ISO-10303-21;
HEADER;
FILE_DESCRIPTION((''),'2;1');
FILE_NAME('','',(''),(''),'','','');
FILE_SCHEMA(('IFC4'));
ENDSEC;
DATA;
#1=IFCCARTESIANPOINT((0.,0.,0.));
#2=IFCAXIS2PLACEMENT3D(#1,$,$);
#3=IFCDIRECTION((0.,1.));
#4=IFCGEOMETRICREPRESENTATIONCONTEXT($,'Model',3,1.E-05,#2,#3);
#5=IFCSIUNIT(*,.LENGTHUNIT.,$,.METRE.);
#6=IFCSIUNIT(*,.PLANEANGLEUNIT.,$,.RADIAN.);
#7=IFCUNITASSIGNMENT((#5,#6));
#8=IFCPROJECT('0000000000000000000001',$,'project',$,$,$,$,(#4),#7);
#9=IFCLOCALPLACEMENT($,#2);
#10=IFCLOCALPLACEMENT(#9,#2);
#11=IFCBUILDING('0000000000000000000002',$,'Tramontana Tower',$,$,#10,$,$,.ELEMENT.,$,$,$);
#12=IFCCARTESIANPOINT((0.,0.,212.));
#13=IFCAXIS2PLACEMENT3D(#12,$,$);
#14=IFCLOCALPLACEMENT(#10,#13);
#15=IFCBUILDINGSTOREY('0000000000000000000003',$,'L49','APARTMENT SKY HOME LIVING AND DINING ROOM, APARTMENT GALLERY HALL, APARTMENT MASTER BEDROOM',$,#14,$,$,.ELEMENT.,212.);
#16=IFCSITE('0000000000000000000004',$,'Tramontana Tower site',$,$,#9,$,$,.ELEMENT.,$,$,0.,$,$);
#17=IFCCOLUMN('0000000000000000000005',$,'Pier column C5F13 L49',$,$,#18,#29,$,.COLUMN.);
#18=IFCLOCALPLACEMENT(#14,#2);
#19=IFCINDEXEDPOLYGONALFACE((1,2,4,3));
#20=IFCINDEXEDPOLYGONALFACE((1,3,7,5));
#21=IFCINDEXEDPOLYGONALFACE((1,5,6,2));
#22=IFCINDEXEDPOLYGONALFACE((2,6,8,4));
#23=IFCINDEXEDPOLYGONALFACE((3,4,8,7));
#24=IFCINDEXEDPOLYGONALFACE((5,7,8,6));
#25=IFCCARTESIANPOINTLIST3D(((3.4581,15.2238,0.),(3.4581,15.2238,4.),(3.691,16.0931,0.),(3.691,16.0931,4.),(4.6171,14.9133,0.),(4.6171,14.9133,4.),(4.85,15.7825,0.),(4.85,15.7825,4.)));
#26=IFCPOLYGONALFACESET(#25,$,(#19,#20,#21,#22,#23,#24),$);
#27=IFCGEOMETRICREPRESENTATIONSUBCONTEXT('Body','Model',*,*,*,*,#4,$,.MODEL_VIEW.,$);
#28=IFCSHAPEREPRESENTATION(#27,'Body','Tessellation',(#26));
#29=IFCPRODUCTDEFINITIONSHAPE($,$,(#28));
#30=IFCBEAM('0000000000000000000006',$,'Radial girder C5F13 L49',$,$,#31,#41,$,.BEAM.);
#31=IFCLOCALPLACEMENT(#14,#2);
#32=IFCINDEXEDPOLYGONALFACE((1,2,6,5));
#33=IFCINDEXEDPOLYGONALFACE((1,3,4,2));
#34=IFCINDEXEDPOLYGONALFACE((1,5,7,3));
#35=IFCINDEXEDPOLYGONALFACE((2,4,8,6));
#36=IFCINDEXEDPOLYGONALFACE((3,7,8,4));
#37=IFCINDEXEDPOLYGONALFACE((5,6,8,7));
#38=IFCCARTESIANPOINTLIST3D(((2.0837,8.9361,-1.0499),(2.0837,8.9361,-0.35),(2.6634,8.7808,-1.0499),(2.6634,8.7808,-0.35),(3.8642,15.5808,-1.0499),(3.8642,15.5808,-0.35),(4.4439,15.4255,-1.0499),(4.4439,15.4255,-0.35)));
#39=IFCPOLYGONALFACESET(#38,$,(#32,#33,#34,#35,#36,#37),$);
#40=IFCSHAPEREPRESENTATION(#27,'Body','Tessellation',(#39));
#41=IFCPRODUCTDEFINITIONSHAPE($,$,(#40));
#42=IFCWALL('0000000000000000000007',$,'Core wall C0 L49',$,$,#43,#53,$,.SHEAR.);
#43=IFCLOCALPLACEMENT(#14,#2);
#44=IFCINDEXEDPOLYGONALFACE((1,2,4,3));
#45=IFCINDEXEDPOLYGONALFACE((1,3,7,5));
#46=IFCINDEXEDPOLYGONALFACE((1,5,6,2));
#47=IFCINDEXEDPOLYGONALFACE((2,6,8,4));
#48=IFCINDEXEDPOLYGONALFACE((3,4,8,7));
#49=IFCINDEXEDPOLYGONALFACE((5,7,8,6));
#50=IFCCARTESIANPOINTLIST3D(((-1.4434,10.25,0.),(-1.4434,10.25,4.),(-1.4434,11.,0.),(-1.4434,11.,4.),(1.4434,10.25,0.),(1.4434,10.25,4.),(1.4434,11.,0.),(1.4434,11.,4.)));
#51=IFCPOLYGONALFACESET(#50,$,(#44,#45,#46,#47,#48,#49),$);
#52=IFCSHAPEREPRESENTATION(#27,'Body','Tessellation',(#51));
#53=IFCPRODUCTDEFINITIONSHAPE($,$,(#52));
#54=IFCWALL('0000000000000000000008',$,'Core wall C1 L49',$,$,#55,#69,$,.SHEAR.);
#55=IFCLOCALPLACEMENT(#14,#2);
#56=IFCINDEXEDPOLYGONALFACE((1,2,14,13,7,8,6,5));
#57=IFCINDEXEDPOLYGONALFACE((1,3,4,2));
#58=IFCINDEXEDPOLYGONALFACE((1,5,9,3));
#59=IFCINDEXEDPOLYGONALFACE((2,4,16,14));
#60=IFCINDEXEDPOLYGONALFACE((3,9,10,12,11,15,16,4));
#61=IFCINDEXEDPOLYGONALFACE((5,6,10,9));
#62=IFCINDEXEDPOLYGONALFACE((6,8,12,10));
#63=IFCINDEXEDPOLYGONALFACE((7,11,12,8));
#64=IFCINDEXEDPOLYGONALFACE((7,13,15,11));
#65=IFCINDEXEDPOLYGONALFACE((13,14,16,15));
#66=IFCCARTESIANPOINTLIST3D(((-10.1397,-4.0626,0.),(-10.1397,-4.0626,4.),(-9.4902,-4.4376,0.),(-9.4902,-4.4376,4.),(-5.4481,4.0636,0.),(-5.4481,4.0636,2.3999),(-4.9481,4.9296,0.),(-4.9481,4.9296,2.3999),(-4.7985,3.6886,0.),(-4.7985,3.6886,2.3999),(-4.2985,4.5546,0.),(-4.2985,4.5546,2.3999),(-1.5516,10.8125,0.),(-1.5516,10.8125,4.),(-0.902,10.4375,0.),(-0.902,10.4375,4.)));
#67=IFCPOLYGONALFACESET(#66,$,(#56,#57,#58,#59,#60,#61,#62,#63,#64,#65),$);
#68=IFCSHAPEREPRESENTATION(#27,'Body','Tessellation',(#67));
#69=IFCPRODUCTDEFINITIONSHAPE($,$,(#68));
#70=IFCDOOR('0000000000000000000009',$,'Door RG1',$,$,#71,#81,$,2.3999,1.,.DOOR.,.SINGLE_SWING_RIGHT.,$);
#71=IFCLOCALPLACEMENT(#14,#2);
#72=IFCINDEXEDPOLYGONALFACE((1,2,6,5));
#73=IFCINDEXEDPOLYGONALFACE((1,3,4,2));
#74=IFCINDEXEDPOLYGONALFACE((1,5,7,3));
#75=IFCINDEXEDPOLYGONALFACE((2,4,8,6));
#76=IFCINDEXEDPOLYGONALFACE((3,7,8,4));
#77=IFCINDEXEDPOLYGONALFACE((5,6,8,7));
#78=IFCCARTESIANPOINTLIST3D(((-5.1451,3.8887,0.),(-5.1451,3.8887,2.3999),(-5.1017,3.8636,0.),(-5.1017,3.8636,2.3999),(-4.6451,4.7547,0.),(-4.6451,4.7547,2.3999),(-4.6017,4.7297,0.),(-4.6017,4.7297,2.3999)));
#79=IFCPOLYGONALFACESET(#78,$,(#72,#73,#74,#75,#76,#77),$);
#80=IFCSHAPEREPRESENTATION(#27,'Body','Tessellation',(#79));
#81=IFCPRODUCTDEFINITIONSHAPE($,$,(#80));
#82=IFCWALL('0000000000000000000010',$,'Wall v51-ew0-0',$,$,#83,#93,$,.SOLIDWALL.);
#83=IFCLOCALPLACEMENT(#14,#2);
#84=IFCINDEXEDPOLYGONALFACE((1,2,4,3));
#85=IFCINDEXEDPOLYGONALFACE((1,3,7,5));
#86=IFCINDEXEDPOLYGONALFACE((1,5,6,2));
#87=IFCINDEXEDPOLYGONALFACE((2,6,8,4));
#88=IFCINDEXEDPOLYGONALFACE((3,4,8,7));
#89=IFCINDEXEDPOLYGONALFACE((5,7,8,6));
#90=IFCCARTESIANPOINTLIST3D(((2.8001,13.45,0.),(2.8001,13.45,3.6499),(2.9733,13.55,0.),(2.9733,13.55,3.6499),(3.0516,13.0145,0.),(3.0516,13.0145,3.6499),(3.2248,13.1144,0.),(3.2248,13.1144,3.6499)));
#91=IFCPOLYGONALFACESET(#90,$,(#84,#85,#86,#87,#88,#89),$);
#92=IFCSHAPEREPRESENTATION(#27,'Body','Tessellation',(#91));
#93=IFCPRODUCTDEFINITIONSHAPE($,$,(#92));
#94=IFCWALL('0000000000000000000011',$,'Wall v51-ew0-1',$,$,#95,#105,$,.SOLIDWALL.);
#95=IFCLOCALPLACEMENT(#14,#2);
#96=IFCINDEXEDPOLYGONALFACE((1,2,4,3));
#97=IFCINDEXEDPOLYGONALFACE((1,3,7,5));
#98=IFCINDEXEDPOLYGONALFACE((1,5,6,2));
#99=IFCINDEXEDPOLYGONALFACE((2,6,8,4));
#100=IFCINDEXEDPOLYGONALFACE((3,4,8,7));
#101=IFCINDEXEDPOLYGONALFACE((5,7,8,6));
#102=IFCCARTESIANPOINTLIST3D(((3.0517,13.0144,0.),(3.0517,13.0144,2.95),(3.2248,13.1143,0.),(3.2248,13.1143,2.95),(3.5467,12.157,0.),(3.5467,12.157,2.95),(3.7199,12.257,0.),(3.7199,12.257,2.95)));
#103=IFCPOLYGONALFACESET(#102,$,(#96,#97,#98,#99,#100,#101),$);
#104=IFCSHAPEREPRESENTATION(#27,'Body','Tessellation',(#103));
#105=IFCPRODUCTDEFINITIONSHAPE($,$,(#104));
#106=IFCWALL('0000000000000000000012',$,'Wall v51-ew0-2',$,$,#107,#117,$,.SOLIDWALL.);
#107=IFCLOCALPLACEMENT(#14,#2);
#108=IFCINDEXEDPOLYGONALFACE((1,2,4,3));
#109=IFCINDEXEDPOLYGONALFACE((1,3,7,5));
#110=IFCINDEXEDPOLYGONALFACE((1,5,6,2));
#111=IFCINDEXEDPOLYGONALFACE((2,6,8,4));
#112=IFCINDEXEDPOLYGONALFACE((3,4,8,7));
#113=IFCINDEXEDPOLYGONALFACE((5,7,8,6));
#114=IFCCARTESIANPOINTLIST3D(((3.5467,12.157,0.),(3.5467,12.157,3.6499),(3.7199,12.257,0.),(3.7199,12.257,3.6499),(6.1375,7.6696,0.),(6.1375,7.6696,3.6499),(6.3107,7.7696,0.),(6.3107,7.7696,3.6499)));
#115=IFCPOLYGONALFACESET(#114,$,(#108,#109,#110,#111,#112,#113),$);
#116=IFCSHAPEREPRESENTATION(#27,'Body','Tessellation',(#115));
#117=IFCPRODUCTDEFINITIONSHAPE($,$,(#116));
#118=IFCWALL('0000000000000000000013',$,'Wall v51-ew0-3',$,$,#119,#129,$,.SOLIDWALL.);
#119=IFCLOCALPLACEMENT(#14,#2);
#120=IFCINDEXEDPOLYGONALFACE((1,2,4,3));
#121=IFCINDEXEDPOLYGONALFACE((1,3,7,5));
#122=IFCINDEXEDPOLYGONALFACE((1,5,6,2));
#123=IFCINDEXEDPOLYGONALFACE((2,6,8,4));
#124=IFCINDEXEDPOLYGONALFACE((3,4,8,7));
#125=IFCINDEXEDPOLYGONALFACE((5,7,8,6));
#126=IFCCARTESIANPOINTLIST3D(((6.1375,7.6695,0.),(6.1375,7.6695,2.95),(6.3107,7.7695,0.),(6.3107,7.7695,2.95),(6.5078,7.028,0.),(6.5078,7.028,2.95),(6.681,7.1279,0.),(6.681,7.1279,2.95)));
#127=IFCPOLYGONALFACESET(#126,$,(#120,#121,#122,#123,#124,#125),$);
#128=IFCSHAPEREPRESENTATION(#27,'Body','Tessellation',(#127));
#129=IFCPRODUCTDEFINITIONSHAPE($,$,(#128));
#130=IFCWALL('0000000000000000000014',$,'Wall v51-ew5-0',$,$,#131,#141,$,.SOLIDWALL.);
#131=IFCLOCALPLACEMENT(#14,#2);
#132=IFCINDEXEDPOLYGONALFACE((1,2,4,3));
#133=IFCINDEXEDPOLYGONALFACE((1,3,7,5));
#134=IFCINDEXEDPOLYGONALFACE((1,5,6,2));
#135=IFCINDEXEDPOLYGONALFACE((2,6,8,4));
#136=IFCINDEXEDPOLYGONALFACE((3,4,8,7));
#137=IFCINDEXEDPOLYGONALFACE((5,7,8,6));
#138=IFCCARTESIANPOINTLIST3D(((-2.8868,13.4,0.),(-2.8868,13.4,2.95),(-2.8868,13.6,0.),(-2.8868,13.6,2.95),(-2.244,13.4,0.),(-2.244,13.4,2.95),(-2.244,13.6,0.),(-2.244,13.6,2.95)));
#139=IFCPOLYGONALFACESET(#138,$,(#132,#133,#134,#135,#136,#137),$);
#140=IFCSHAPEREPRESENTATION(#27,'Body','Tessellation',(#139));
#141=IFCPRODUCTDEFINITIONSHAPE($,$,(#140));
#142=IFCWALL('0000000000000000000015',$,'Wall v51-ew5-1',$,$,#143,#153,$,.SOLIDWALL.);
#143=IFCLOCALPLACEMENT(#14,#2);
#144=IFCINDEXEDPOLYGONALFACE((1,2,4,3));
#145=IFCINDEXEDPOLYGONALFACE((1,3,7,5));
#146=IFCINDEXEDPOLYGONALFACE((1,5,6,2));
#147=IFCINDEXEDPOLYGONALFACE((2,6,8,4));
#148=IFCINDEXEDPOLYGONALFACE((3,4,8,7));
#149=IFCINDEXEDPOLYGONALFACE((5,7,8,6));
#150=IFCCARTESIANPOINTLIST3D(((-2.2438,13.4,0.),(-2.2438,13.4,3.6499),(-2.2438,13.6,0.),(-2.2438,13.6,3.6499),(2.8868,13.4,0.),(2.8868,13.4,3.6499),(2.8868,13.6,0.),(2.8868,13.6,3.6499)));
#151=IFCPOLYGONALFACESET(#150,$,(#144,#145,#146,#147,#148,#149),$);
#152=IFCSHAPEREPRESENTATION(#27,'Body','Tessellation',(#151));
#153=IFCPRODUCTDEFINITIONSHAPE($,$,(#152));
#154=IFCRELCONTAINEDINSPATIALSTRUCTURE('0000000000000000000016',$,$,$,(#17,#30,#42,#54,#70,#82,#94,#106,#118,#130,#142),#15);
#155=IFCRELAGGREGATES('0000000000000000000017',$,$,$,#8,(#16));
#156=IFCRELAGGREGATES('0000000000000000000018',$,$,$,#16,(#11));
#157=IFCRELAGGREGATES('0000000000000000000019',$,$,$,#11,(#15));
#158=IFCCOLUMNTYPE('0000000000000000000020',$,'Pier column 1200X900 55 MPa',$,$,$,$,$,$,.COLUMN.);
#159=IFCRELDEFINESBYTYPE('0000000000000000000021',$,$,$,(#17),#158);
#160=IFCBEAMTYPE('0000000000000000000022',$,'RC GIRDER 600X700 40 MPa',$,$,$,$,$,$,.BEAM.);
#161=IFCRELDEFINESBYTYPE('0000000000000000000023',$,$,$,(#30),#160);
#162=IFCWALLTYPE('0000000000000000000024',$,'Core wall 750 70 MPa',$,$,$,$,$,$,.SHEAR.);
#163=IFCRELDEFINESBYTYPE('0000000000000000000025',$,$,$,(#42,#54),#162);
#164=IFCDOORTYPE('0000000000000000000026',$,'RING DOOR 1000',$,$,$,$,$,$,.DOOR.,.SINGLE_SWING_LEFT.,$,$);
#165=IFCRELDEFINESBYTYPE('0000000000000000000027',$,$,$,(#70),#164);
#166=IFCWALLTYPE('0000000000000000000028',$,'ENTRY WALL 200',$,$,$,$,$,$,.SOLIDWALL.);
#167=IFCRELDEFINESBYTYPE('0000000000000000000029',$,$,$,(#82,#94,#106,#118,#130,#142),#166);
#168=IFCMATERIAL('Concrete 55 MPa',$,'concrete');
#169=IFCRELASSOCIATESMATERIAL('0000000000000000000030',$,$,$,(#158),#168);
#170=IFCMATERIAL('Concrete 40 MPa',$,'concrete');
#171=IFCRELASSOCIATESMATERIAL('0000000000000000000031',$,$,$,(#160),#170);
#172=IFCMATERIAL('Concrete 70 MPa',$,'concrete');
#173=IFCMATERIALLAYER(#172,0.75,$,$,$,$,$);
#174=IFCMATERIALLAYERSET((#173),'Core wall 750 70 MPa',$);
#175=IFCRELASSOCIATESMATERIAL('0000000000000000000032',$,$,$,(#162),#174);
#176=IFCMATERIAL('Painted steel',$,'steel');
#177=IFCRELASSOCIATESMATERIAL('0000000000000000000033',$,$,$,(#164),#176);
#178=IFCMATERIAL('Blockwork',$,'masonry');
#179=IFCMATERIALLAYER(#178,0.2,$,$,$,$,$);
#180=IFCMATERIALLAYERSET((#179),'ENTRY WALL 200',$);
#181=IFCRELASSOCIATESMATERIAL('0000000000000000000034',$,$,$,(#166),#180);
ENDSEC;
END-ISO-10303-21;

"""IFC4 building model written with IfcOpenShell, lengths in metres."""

from ifc_helpers import new_model, si_unit, direction, frame, frame_2d, origin, origin_2d, place, context, subcontext, project, spatial, rectangle, extrude, material, layer, layer_set, material_profile, profile_set, type_object, element, fill, save


model = new_model("IFC4")

# Units and contexts
model_context = context("Model", 3, precision=1e-05, world=origin(), true_north=direction((0.0, 1.0)))
body_context = subcontext(model_context, "Body", "Model", "MODEL_VIEW")
ifc_project = project(units=[si_unit("LENGTHUNIT", "METRE"), si_unit("PLANEANGLEUNIT", "RADIAN")], contexts=[model_context])

# Site, building, storey
site_placement = place(None, origin())
site = spatial("IfcSite", under=ifc_project, at=site_placement, Name="Tramontana Tower site", CompositionType="ELEMENT", RefElevation=0.0)
building_placement = place(site_placement, origin())
building = spatial("IfcBuilding", under=site, at=building_placement, Name="Tramontana Tower", CompositionType="ELEMENT")
storey_placement = place(building_placement, frame((0.0, 0.0, 212.0)))
storey = spatial("IfcBuildingStorey", under=building, at=storey_placement, Name="L49", Description="APARTMENT SKY HOME LIVING AND DINING ROOM, APARTMENT GALLERY HALL, APARTMENT MASTER BEDROOM", CompositionType="ELEMENT", Elevation=212.0)

# Column
ifc_material_1 = material(Name="Concrete 55 MPa", Category="concrete")
ifc_material_profile_1 = material_profile(ifc_material_1, rectangle(XDim=1.2, YDim=0.8999, at=origin_2d()), Name="Pier column 1200X900 55 MPa")
ifc_profile_set_1 = profile_set([ifc_material_profile_1], Name="Concrete 55 MPa")
column_type = type_object("IfcColumnType", Name="Pier column 1200X900 55 MPa", PredefinedType="COLUMN", material=ifc_profile_set_1)
column_placement = place(storey_placement, frame((4.1541, 15.5032, 0.0), z_axis=(0.0, 0.0, 1.0), x_axis=(-0.965926, 0.258819, 0.0)))
element("IfcColumn", 1, at=column_placement, inside=storey, type_object=column_type, Name="Pier column C5F13 L49", PredefinedType="COLUMN", context=body_context, shape_type="SweptSolid", body=[
    extrude(rectangle(XDim=1.2, YDim=0.8999, at=origin_2d()), origin(), (0.0, 0.0, 1.0), 4.0),
])

# Beam
ifc_material_2 = material(Name="Concrete 40 MPa", Category="concrete")
ifc_material_profile_2 = material_profile(ifc_material_2, rectangle(XDim=0.6001, YDim=0.7, at=origin_2d()), Name="RC GIRDER 600X700 40 MPa")
ifc_profile_set_2 = profile_set([ifc_material_profile_2], Name="Concrete 40 MPa")
beam_type = type_object("IfcBeamType", Name="RC GIRDER 600X700 40 MPa", PredefinedType="BEAM", material=ifc_profile_set_2)
beam_placement = place(storey_placement, frame((4.1541, 15.5032, -0.7), z_axis=(-0.258827, -0.965924, 0.0), x_axis=(0.965924, -0.258827, 0.0)))
element("IfcBeam", 2, at=beam_placement, inside=storey, type_object=beam_type, Name="Radial girder C5F13 L49", PredefinedType="BEAM", context=body_context, shape_type="SweptSolid", body=[
    extrude(rectangle(XDim=0.6001, YDim=0.7, at=origin_2d()), origin(), (0.0, 0.0, 1.0), 6.8792),
])

# Wall
ifc_material_3 = material(Name="Concrete 70 MPa", Category="concrete")
ifc_layer_1 = layer(ifc_material_3, 0.75)
ifc_layer_set_1 = layer_set([ifc_layer_1], Name="Core wall 750 70 MPa")
wall_type_1 = type_object("IfcWallType", Name="Core wall 750 70 MPa", PredefinedType="SHEAR", material=ifc_layer_set_1)
wall_1_placement = place(storey_placement, frame((1.4434, 10.625, 0.0), z_axis=(0.0, 0.0, 1.0), x_axis=(-1.0, 0.0, 0.0)))
element("IfcWall", 3, at=wall_1_placement, inside=storey, type_object=wall_type_1, Name="Core wall C0 L49", PredefinedType="SHEAR", context=body_context, shape_type="SweptSolid", body=[
    extrude(rectangle(XDim=2.8867, YDim=0.75, at=frame_2d((1.4434, 0.0))), origin(), (0.0, 0.0, 1.0), 4.0),
])

# Wall, opening, door
wall_2_placement = place(storey_placement, frame((-1.2268, 10.625, 0.0), z_axis=(0.0, 0.0, 1.0), x_axis=(-0.500002, -0.866024, 0.0)))
wall_2 = element("IfcWall", 4, at=wall_2_placement, inside=storey, type_object=wall_type_1, Name="Core wall C1 L49", PredefinedType="SHEAR", context=body_context, shape_type="SweptSolid", body=[
    extrude(rectangle(XDim=17.1763, YDim=0.75, at=frame_2d((8.5881, 0.0))), origin(), (0.0, 0.0, 1.0), 4.0),
])
opening_1_placement = place(wall_2_placement, frame((6.793, 0.0, 0.0)))
opening_1 = element("IfcOpeningElement", 5, at=opening_1_placement, cuts=wall_2, PredefinedType="OPENING", context=body_context, shape_type="SweptSolid", body=[
    extrude(rectangle(XDim=1.0, YDim=2.3999, at=frame_2d((0.5, 1.2))), frame((0.0, 0.385, 0.0), z_axis=(0.0, -1.0, 0.0), x_axis=(1.0, 0.0, 0.0)), (0.0, 0.0, 1.0), 0.77),
])
ifc_material_4 = material(Name="Painted steel", Category="steel")
door_type_1 = type_object("IfcDoorType", Name="RING DOOR 1000", OperationType="SINGLE_SWING_LEFT", PredefinedType="DOOR", material=ifc_material_4)
door_1_placement = place(opening_1_placement, origin())
door_1 = element("IfcDoor", 6, at=door_1_placement, inside=storey, type_object=door_type_1, Name="Door RG1", OperationType="SINGLE_SWING_RIGHT", OverallHeight=2.3999, OverallWidth=1.0, PredefinedType="DOOR", context=body_context, shape_type="SweptSolid", body=[
    extrude(rectangle(XDim=1.0, YDim=2.3999, at=frame_2d((0.5, 1.2))), frame((0.0, 0.0249, 0.0), z_axis=(0.0, -1.0, 0.0), x_axis=(1.0, 0.0, 0.0)), (0.0, 0.0, 1.0), 0.05),
])
fill(opening_1, door_1)

# Walls
ifc_material_5 = material(Name="Blockwork", Category="masonry")
ifc_layer_2 = layer(ifc_material_5, 0.2)
ifc_layer_set_2 = layer_set([ifc_layer_2], Name="ENTRY WALL 200")
wall_type_2 = type_object("IfcWallType", Name="ENTRY WALL 200", PredefinedType="SOLIDWALL", material=ifc_layer_set_2)
wall_3_placement = place(storey_placement, frame((2.8867, 13.5, 0.0), z_axis=(0.0, 0.0, 1.0), x_axis=(0.500003, -0.866024, 0.0)))
element("IfcWall", 7, at=wall_3_placement, inside=storey, type_object=wall_type_2, Name="Wall v51-ew0-0", PredefinedType="SOLIDWALL", context=body_context, shape_type="SweptSolid", body=[
    extrude(rectangle(XDim=0.5029, YDim=0.2, at=frame_2d((0.2515, 0.0))), origin(), (0.0, 0.0, 1.0), 3.6499),
])
wall_4_placement = place(storey_placement, frame((3.1382, 13.0645, 0.0), z_axis=(0.0, 0.0, 1.0), x_axis=(0.500064, -0.865988, 0.0)))
element("IfcWall", 8, at=wall_4_placement, inside=storey, type_object=wall_type_2, Name="Wall v51-ew0-1", PredefinedType="SOLIDWALL", context=body_context, shape_type="SweptSolid", body=[
    extrude(rectangle(XDim=0.99, YDim=0.2, at=frame_2d((0.4951, 0.0))), origin(), (0.0, 0.0, 1.0), 2.95),
])
wall_5_placement = place(storey_placement, frame((3.6333, 12.207, 0.0), z_axis=(0.0, 0.0, 1.0), x_axis=(0.49999, -0.866031, 0.0)))
element("IfcWall", 9, at=wall_5_placement, inside=storey, type_object=wall_type_2, Name="Wall v51-ew0-2", PredefinedType="SOLIDWALL", context=body_context, shape_type="SweptSolid", body=[
    extrude(rectangle(XDim=5.1816, YDim=0.2, at=frame_2d((2.5908, 0.0))), origin(), (0.0, 0.0, 1.0), 3.6499),
])
wall_6_placement = place(storey_placement, frame((6.2241, 7.7195, 0.0), z_axis=(0.0, 0.0, 1.0), x_axis=(0.499932, -0.866065, 0.0)))
element("IfcWall", 10, at=wall_6_placement, inside=storey, type_object=wall_type_2, Name="Wall v51-ew0-3", PredefinedType="SOLIDWALL", context=body_context, shape_type="SweptSolid", body=[
    extrude(rectangle(XDim=0.7407, YDim=0.2, at=frame_2d((0.3704, 0.0))), origin(), (0.0, 0.0, 1.0), 2.95),
])
wall_7_placement = place(storey_placement, frame((-2.8867, 13.5, 0.0), z_axis=(0.0, 0.0, 1.0), x_axis=(1.0, 0.0, 0.0)))
element("IfcWall", 11, at=wall_7_placement, inside=storey, type_object=wall_type_2, Name="Wall v51-ew5-0", PredefinedType="SOLIDWALL", context=body_context, shape_type="SweptSolid", body=[
    extrude(rectangle(XDim=0.6428, YDim=0.2, at=frame_2d((0.3213, 0.0))), origin(), (0.0, 0.0, 1.0), 2.95),
])
wall_8_placement = place(storey_placement, frame((-2.2439, 13.5, 0.0), z_axis=(0.0, 0.0, 1.0), x_axis=(1.0, 0.0, 0.0)))
element("IfcWall", 12, at=wall_8_placement, inside=storey, type_object=wall_type_2, Name="Wall v51-ew5-1", PredefinedType="SOLIDWALL", context=body_context, shape_type="SweptSolid", body=[
    extrude(rectangle(XDim=5.1306, YDim=0.2, at=frame_2d((2.5654, 0.0))), origin(), (0.0, 0.0, 1.0), 3.6499),
])

save(model, "model.ifc")
